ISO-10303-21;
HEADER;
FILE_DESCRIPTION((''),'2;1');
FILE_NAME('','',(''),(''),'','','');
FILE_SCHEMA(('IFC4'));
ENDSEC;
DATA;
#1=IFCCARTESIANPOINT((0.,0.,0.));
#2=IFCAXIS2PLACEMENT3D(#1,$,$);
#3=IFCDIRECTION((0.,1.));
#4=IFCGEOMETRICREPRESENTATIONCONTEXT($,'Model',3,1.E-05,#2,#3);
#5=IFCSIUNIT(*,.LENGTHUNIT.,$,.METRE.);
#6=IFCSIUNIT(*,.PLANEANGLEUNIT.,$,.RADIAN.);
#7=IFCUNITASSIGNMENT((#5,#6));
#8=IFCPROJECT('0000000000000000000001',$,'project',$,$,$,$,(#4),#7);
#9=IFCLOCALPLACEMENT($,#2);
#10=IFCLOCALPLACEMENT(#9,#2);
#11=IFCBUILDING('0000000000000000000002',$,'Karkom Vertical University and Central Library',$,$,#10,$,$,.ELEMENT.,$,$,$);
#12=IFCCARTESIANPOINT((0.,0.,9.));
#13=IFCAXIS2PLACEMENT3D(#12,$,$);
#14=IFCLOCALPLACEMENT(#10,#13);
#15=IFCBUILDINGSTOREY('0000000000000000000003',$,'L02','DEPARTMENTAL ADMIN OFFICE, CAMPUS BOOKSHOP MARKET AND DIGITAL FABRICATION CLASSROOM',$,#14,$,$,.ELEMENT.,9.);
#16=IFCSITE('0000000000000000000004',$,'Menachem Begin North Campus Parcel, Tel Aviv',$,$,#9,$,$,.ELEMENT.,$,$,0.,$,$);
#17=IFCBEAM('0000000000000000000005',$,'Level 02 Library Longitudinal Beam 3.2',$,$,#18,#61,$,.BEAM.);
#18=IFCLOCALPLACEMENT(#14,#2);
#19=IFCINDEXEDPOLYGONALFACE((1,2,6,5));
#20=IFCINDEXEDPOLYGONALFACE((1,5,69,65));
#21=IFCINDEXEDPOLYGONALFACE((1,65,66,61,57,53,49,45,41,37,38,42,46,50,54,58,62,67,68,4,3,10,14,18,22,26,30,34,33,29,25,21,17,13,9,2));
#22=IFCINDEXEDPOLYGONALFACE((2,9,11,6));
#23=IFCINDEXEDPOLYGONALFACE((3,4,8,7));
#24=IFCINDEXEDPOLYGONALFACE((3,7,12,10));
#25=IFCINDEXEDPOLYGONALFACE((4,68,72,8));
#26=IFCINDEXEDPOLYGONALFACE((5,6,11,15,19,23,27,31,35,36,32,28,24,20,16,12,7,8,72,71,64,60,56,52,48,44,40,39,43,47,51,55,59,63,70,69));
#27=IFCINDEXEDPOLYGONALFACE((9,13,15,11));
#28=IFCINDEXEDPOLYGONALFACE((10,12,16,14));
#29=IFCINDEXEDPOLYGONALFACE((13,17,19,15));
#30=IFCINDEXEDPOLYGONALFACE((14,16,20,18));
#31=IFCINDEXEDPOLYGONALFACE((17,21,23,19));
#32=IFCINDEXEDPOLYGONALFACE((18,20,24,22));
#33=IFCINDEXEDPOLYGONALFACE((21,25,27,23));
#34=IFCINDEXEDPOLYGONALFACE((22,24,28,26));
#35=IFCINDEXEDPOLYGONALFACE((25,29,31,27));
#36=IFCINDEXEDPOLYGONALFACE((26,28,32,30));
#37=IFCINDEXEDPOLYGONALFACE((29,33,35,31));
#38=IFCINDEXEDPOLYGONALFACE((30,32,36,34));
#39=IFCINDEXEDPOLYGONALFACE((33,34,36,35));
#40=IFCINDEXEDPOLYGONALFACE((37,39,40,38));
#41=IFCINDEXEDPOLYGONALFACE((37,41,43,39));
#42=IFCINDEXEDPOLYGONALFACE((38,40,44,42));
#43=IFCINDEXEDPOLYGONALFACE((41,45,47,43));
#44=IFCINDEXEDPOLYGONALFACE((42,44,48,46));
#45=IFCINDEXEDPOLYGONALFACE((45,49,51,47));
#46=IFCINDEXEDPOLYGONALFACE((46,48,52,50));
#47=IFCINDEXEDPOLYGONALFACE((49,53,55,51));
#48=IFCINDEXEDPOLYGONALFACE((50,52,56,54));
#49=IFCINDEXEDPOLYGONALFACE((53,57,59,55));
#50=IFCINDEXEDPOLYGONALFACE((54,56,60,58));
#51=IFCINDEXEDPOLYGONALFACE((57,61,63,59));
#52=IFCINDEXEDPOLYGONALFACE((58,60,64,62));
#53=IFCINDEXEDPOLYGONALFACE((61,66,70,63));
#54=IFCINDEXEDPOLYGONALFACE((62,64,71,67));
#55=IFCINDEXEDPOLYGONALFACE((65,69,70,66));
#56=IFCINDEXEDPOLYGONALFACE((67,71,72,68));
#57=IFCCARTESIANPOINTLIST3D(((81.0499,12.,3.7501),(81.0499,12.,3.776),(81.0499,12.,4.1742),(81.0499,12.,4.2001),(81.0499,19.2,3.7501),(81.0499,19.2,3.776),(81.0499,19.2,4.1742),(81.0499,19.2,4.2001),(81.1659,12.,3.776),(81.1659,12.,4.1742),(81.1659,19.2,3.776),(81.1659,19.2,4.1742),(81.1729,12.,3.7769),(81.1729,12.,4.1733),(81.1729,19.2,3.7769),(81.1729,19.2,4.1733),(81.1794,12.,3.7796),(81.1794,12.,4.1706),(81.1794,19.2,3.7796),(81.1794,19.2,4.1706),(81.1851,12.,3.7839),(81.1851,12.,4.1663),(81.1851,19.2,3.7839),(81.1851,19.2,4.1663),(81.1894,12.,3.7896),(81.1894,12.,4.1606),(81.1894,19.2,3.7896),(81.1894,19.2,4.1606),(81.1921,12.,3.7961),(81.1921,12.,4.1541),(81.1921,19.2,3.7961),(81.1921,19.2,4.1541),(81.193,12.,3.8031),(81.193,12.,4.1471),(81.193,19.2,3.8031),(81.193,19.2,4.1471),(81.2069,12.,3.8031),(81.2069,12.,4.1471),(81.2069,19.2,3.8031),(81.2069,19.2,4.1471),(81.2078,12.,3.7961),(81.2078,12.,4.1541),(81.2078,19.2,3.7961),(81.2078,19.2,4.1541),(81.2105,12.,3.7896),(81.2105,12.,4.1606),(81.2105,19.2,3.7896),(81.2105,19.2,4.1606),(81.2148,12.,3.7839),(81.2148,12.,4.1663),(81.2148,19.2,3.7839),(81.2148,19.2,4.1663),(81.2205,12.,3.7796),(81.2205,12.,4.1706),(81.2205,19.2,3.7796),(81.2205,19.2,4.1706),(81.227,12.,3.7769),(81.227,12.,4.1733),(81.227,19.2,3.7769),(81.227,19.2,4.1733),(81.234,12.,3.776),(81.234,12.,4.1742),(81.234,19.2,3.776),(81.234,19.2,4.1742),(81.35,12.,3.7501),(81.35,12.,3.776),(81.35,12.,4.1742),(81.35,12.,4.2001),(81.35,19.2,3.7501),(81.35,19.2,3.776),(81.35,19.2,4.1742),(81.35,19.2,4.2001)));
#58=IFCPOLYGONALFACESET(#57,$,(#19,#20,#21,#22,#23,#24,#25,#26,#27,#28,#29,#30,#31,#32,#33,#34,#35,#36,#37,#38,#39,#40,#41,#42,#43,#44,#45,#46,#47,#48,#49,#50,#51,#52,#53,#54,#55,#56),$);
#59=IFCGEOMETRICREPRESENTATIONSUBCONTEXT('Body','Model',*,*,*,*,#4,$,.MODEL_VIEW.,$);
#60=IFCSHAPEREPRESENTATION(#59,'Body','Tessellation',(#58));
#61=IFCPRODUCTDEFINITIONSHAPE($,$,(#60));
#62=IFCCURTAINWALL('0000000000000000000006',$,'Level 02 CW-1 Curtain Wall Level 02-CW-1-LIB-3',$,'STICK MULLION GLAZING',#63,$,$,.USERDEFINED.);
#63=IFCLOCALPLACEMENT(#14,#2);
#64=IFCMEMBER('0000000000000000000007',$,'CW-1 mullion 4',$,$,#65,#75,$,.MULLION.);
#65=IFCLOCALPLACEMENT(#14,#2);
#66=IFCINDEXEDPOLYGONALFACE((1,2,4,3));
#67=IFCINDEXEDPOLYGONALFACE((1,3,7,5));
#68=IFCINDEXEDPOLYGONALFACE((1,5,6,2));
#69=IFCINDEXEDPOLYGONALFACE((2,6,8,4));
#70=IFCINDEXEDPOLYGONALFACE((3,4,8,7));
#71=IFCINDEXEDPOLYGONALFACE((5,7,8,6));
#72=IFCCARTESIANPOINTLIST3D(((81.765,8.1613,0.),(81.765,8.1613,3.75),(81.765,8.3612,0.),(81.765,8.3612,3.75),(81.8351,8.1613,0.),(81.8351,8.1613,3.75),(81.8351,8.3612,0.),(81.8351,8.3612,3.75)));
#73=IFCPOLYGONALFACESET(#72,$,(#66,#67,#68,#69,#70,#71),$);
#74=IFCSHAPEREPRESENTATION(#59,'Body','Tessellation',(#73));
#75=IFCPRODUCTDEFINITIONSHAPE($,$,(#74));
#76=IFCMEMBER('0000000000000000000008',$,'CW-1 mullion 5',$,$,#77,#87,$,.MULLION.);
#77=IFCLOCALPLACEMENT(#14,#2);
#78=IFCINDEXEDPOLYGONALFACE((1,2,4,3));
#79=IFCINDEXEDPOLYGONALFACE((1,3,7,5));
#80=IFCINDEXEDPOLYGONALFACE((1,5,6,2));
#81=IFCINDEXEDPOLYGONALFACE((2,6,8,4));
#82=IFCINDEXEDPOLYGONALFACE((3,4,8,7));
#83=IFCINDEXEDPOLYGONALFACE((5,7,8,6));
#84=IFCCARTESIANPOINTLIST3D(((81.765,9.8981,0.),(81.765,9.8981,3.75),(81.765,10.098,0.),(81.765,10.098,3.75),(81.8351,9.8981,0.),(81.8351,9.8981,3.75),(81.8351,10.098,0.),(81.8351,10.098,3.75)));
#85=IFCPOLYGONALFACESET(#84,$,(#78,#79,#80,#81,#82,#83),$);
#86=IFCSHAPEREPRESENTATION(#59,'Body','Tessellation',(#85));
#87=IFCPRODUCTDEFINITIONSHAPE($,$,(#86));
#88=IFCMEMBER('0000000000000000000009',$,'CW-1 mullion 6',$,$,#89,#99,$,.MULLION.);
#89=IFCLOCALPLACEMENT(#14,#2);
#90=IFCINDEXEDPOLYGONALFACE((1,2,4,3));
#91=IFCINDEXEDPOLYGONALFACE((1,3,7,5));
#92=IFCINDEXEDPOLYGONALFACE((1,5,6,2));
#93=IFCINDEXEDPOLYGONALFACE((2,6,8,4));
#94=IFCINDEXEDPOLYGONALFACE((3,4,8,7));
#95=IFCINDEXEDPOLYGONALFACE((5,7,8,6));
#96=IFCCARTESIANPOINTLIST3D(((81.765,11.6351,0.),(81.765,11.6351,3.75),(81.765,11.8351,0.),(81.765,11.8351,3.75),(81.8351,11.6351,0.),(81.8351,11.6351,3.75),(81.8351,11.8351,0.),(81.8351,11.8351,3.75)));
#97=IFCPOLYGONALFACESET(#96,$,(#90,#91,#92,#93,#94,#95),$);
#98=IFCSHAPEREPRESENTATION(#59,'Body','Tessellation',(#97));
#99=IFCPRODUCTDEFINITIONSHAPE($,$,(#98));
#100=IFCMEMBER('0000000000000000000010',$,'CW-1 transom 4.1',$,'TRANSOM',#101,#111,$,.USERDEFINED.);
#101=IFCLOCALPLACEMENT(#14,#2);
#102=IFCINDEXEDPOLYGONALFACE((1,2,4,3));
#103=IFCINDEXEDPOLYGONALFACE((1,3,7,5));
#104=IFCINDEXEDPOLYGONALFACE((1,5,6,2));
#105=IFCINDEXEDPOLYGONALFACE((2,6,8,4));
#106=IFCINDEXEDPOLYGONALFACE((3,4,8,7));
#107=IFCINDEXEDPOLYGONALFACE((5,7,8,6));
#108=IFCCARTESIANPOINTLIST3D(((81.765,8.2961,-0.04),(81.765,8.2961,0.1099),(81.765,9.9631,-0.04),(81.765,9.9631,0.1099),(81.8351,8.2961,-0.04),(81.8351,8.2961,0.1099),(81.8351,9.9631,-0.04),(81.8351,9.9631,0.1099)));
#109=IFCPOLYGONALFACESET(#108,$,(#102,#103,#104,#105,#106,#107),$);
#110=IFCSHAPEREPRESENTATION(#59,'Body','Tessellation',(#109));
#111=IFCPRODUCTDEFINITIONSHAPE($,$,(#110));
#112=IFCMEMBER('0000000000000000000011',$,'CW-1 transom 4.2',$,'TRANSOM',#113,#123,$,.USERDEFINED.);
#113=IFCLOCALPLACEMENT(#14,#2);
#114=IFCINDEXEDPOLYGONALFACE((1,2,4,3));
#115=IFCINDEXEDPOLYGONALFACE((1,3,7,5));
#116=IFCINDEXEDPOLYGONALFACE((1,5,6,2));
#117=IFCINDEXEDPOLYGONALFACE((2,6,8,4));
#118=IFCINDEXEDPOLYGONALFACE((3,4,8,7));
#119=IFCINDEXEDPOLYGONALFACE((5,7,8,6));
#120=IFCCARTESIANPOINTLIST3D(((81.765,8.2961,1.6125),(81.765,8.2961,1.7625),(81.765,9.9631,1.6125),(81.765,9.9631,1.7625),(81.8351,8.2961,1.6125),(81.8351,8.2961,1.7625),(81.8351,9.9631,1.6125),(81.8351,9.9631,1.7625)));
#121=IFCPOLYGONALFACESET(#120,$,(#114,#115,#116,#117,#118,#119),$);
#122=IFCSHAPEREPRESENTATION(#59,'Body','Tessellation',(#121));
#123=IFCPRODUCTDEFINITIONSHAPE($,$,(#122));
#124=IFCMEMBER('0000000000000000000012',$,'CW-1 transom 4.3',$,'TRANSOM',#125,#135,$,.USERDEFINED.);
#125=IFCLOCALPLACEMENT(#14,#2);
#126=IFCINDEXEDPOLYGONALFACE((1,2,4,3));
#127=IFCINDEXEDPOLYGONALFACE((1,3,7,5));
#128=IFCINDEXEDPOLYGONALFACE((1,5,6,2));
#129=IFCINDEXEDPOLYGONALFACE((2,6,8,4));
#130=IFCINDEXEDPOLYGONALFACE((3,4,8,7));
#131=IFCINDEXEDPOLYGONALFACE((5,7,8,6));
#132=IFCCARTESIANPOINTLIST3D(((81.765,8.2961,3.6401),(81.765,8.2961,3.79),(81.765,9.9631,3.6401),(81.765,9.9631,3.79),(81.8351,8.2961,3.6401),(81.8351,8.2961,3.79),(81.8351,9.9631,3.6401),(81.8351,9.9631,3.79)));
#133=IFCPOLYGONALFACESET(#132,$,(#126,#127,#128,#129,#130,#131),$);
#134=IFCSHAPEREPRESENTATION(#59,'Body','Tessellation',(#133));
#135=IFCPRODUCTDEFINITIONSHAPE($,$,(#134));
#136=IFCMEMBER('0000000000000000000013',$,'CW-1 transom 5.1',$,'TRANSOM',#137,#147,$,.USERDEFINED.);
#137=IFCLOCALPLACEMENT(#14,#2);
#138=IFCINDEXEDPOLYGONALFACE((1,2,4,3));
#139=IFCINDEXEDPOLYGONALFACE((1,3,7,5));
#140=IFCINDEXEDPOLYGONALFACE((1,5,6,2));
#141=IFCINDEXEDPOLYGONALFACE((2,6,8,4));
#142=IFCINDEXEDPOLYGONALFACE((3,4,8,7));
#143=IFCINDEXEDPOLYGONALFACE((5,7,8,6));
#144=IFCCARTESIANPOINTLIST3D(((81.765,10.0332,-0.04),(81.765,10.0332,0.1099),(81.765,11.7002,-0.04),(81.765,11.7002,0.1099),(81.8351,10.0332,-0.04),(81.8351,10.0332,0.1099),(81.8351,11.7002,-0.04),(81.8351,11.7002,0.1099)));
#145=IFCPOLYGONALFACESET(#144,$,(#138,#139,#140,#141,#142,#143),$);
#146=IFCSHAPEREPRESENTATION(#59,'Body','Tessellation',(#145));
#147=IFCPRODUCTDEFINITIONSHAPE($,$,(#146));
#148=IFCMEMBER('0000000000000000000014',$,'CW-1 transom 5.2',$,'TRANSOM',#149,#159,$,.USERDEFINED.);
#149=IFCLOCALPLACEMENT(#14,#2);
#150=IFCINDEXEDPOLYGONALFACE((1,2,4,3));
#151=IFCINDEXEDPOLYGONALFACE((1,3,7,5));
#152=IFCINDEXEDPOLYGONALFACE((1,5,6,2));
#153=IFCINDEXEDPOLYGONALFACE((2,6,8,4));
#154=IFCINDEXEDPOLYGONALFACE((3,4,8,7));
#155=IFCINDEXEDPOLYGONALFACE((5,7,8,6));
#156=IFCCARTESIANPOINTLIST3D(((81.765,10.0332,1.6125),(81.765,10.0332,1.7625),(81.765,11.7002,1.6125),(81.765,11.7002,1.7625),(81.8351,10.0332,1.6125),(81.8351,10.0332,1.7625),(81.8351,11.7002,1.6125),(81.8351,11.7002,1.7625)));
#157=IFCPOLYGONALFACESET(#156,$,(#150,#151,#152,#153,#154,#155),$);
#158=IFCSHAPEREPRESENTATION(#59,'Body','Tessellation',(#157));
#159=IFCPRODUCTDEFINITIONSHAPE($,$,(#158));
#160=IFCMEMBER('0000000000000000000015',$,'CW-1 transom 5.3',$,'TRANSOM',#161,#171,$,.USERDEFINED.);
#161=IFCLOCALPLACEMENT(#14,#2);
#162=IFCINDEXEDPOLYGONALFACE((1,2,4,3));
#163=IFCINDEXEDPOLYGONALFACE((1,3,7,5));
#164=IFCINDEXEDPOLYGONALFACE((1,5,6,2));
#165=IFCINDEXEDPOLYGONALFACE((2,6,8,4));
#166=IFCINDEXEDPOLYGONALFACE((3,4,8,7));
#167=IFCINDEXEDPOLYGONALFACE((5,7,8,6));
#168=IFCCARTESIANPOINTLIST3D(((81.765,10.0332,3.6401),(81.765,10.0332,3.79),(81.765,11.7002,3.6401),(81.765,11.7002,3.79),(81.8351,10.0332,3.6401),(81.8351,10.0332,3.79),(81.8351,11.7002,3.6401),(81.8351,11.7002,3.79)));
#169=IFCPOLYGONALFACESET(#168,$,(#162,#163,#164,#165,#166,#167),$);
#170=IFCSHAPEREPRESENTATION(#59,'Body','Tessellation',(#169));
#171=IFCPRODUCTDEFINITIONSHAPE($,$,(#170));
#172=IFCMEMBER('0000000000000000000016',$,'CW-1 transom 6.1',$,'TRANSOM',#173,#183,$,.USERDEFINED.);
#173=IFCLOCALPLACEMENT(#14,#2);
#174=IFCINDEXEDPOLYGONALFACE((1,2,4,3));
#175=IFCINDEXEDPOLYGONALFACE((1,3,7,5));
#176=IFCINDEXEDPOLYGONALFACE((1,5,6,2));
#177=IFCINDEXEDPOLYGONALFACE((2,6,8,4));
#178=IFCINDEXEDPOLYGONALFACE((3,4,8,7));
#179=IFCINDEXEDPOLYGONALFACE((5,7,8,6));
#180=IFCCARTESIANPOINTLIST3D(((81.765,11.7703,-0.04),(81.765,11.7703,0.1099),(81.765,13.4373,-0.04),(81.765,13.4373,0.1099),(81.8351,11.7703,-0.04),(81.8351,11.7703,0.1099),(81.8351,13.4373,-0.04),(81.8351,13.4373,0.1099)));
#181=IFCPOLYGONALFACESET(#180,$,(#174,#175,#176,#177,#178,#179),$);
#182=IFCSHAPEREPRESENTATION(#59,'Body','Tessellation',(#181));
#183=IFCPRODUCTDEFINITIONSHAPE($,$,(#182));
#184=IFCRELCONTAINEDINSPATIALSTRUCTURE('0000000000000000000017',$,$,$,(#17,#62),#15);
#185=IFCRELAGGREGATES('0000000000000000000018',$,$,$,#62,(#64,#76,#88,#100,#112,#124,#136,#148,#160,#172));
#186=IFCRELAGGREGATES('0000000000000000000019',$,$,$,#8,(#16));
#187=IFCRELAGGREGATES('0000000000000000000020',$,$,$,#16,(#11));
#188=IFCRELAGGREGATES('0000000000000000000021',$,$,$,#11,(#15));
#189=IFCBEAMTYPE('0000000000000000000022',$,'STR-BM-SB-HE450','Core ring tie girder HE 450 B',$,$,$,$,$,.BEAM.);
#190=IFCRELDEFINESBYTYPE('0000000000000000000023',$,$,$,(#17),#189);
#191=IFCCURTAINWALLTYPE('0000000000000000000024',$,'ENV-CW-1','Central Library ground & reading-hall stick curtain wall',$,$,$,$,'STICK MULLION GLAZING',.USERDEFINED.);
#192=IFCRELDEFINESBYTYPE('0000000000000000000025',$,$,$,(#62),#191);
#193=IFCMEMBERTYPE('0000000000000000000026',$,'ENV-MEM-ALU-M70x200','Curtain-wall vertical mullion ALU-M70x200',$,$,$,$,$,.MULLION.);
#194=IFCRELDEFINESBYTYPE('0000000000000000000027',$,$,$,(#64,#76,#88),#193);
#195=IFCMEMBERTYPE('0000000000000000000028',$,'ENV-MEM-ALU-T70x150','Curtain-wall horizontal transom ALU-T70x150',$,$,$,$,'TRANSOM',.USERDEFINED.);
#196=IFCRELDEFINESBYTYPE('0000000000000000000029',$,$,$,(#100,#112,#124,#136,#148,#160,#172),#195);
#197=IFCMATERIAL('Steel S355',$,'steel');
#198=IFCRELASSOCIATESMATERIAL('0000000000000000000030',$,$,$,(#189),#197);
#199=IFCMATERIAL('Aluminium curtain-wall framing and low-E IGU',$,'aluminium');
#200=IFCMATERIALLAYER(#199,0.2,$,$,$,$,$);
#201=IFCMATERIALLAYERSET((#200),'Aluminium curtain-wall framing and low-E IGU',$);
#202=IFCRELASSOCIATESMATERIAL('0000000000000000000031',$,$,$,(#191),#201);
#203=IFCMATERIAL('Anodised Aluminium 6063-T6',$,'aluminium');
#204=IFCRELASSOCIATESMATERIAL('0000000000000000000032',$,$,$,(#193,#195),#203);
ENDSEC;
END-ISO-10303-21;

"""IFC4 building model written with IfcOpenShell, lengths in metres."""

from ifc_helpers import new_model, si_unit, direction, frame, origin, origin_with_axes, origin_2d, place, context, subcontext, project, spatial, rectangle, i_section, extrude, source, transform, mapped, material, layer, layer_set, material_profile, profile_set, type_object, element, aggregate, save


model = new_model("IFC4")

# Units and contexts
model_context = context("Model", 3, precision=1e-05, world=origin(), true_north=direction((0.0, 1.0)))
body_context = subcontext(model_context, "Body", "Model", "MODEL_VIEW")
ifc_project = project(units=[si_unit("LENGTHUNIT", "METRE"), si_unit("PLANEANGLEUNIT", "RADIAN")], contexts=[model_context])

# Site, building, storey
site_placement = place(None, origin())
site = spatial("IfcSite", under=ifc_project, at=site_placement, Name="Menachem Begin North Campus Parcel, Tel Aviv", CompositionType="ELEMENT", RefElevation=0.0)
building_placement = place(site_placement, origin())
building = spatial("IfcBuilding", under=site, at=building_placement, Name="Karkom Vertical University and Central Library", CompositionType="ELEMENT")
storey_placement = place(building_placement, frame((0.0, 0.0, 9.0)))
storey = spatial("IfcBuildingStorey", under=building, at=storey_placement, Name="L02", Description="DEPARTMENTAL ADMIN OFFICE, CAMPUS BOOKSHOP MARKET AND DIGITAL FABRICATION CLASSROOM", CompositionType="ELEMENT", Elevation=9.0)

# Beam
ifc_material_1 = material(Name="Steel S355", Category="steel")
ifc_material_profile_1 = material_profile(ifc_material_1, i_section(OverallWidth=0.3, OverallDepth=0.45, WebThickness=0.0139, FlangeThickness=0.0259, FilletRadius=0.0271, at=origin_2d()), Name="HE 450 B")
ifc_profile_set_1 = profile_set([ifc_material_profile_1], Name="Steel S355")
beam_type_1 = type_object("IfcBeamType", Name="STR-BM-SB-HE450", Description="Core ring tie girder HE 450 B", PredefinedType="BEAM", material=ifc_profile_set_1)
shared_shape_1 = source(origin_with_axes(), body_context, "Body", "SweptSolid", [
    extrude(i_section(OverallWidth=0.3, OverallDepth=0.45, WebThickness=0.0139, FlangeThickness=0.0259, FilletRadius=0.0271, at=origin_2d()), origin(), (0.0, 0.0, 1.0), 7.2),
])
for number, where, z_axis, x_axis, name in (
    (1, (81.2, 12.0, 3.9751), (0.0, 1.0, 0.0), (-1.0, 0.0, 0.0), "Level 02 Library Longitudinal Beam 3.2"),
):
    element("IfcBeam", number, at=place(storey_placement, frame(where, z_axis=z_axis, x_axis=x_axis)), inside=storey, type_object=beam_type_1, Name=name, PredefinedType="BEAM", context=body_context, shape_type="MappedRepresentation", body=[
        mapped(shared_shape_1, transform((0.0, 0.0, 0.0), scale=1.0)),
    ])

# Curtain wall, members
ifc_material_2 = material(Name="Aluminium curtain-wall framing and low-E IGU", Category="aluminium")
ifc_layer_1 = layer(ifc_material_2, 0.2)
ifc_layer_set_1 = layer_set([ifc_layer_1], Name="Aluminium curtain-wall framing and low-E IGU")
curtain_wall_type = type_object("IfcCurtainWallType", Name="ENV-CW-1", Description="Central Library ground & reading-hall stick curtain wall", ElementType="STICK MULLION GLAZING", PredefinedType="USERDEFINED", material=ifc_layer_set_1)
curtain_wall_placement = place(storey_placement, origin())
curtain_wall = element("IfcCurtainWall", 2, at=curtain_wall_placement, inside=storey, type_object=curtain_wall_type, Name="Level 02 CW-1 Curtain Wall Level 02-CW-1-LIB-3", ObjectType="STICK MULLION GLAZING", PredefinedType="USERDEFINED")
ifc_material_3 = material(Name="Anodised Aluminium 6063-T6", Category="aluminium")
ifc_material_profile_2 = material_profile(ifc_material_3, rectangle(XDim=0.0701, YDim=0.2, at=origin_2d()), Name="ALU-M70x200")
ifc_profile_set_2 = profile_set([ifc_material_profile_2], Name="Anodised Aluminium 6063-T6")
member_type_1 = type_object("IfcMemberType", Name="ENV-MEM-ALU-M70x200", Description="Curtain-wall vertical mullion ALU-M70x200", PredefinedType="MULLION", material=ifc_profile_set_2)
shared_shape_2 = source(origin_with_axes(), body_context, "Body", "SweptSolid", [
    extrude(rectangle(XDim=0.0701, YDim=0.2, at=origin_2d()), origin(), (0.0, 0.0, 1.0), 3.75),
])
member_1_placement = place(storey_placement, frame((81.8, 8.2612, 0.0), z_axis=(0.0, 0.0, 1.0), x_axis=(-1.0, 0.0, 0.0)))
member_1 = element("IfcMember", 3, at=member_1_placement, type_object=member_type_1, Name="CW-1 mullion 4", PredefinedType="MULLION", context=body_context, shape_type="MappedRepresentation", body=[
    mapped(shared_shape_2, transform((0.0, 0.0, 0.0), scale=1.0)),
])
member_2_placement = place(storey_placement, frame((81.8, 9.998, 0.0), z_axis=(0.0, 0.0, 1.0), x_axis=(-1.0, 0.0, 0.0)))
member_2 = element("IfcMember", 4, at=member_2_placement, type_object=member_type_1, Name="CW-1 mullion 5", PredefinedType="MULLION", context=body_context, shape_type="MappedRepresentation", body=[
    mapped(shared_shape_2, transform((0.0, 0.0, 0.0), scale=1.0)),
])
member_3_placement = place(storey_placement, frame((81.8, 11.7351, 0.0), z_axis=(0.0, 0.0, 1.0), x_axis=(-1.0, 0.0, 0.0)))
member_3 = element("IfcMember", 5, at=member_3_placement, type_object=member_type_1, Name="CW-1 mullion 6", PredefinedType="MULLION", context=body_context, shape_type="MappedRepresentation", body=[
    mapped(shared_shape_2, transform((0.0, 0.0, 0.0), scale=1.0)),
])
ifc_material_profile_3 = material_profile(ifc_material_3, rectangle(XDim=0.0701, YDim=0.1499, at=origin_2d()), Name="ALU-T70x150")
ifc_profile_set_3 = profile_set([ifc_material_profile_3], Name="Anodised Aluminium 6063-T6")
member_type_2 = type_object("IfcMemberType", Name="ENV-MEM-ALU-T70x150", Description="Curtain-wall horizontal transom ALU-T70x150", ElementType="TRANSOM", PredefinedType="USERDEFINED", material=ifc_profile_set_3)
shared_shape_3 = source(origin_with_axes(), body_context, "Body", "SweptSolid", [
    extrude(rectangle(XDim=0.0701, YDim=0.1499, at=origin_2d()), origin(), (0.0, 0.0, 1.0), 1.667),
])
member_4_placement = place(storey_placement, frame((81.8, 8.2961, 0.0349), z_axis=(0.0, 1.0, 0.0), x_axis=(-1.0, 0.0, 0.0)))
member_4 = element("IfcMember", 6, at=member_4_placement, type_object=member_type_2, Name="CW-1 transom 4.1", ObjectType="TRANSOM", PredefinedType="USERDEFINED", context=body_context, shape_type="MappedRepresentation", body=[
    mapped(shared_shape_3, transform((0.0, 0.0, 0.0), scale=1.0)),
])
member_5_placement = place(storey_placement, frame((81.8, 8.2961, 1.6875), z_axis=(0.0, 1.0, 0.0), x_axis=(-1.0, 0.0, 0.0)))
member_5 = element("IfcMember", 7, at=member_5_placement, type_object=member_type_2, Name="CW-1 transom 4.2", ObjectType="TRANSOM", PredefinedType="USERDEFINED", context=body_context, shape_type="MappedRepresentation", body=[
    mapped(shared_shape_3, transform((0.0, 0.0, 0.0), scale=1.0)),
])
member_6_placement = place(storey_placement, frame((81.8, 8.2961, 3.7151), z_axis=(0.0, 1.0, 0.0), x_axis=(-1.0, 0.0, 0.0)))
member_6 = element("IfcMember", 8, at=member_6_placement, type_object=member_type_2, Name="CW-1 transom 4.3", ObjectType="TRANSOM", PredefinedType="USERDEFINED", context=body_context, shape_type="MappedRepresentation", body=[
    mapped(shared_shape_3, transform((0.0, 0.0, 0.0), scale=1.0)),
])
member_7_placement = place(storey_placement, frame((81.8, 10.0332, 0.0349), z_axis=(0.0, 1.0, 0.0), x_axis=(-1.0, 0.0, 0.0)))
member_7 = element("IfcMember", 9, at=member_7_placement, type_object=member_type_2, Name="CW-1 transom 5.1", ObjectType="TRANSOM", PredefinedType="USERDEFINED", context=body_context, shape_type="MappedRepresentation", body=[
    mapped(shared_shape_3, transform((0.0, 0.0, 0.0), scale=1.0)),
])
member_8_placement = place(storey_placement, frame((81.8, 10.0332, 1.6875), z_axis=(0.0, 1.0, 0.0), x_axis=(-1.0, 0.0, 0.0)))
member_8 = element("IfcMember", 10, at=member_8_placement, type_object=member_type_2, Name="CW-1 transom 5.2", ObjectType="TRANSOM", PredefinedType="USERDEFINED", context=body_context, shape_type="MappedRepresentation", body=[
    mapped(shared_shape_3, transform((0.0, 0.0, 0.0), scale=1.0)),
])
member_9_placement = place(storey_placement, frame((81.8, 10.0332, 3.7151), z_axis=(0.0, 1.0, 0.0), x_axis=(-1.0, 0.0, 0.0)))
member_9 = element("IfcMember", 11, at=member_9_placement, type_object=member_type_2, Name="CW-1 transom 5.3", ObjectType="TRANSOM", PredefinedType="USERDEFINED", context=body_context, shape_type="MappedRepresentation", body=[
    mapped(shared_shape_3, transform((0.0, 0.0, 0.0), scale=1.0)),
])
member_10_placement = place(storey_placement, frame((81.8, 11.7703, 0.0349), z_axis=(0.0, 1.0, 0.0), x_axis=(-1.0, 0.0, 0.0)))
member_10 = element("IfcMember", 12, at=member_10_placement, type_object=member_type_2, Name="CW-1 transom 6.1", ObjectType="TRANSOM", PredefinedType="USERDEFINED", context=body_context, shape_type="MappedRepresentation", body=[
    mapped(shared_shape_3, transform((0.0, 0.0, 0.0), scale=1.0)),
])
aggregate(curtain_wall, [member_1, member_2, member_3, member_4, member_5, member_6, member_7, member_8, member_9, member_10])

save(model, "model.ifc")
